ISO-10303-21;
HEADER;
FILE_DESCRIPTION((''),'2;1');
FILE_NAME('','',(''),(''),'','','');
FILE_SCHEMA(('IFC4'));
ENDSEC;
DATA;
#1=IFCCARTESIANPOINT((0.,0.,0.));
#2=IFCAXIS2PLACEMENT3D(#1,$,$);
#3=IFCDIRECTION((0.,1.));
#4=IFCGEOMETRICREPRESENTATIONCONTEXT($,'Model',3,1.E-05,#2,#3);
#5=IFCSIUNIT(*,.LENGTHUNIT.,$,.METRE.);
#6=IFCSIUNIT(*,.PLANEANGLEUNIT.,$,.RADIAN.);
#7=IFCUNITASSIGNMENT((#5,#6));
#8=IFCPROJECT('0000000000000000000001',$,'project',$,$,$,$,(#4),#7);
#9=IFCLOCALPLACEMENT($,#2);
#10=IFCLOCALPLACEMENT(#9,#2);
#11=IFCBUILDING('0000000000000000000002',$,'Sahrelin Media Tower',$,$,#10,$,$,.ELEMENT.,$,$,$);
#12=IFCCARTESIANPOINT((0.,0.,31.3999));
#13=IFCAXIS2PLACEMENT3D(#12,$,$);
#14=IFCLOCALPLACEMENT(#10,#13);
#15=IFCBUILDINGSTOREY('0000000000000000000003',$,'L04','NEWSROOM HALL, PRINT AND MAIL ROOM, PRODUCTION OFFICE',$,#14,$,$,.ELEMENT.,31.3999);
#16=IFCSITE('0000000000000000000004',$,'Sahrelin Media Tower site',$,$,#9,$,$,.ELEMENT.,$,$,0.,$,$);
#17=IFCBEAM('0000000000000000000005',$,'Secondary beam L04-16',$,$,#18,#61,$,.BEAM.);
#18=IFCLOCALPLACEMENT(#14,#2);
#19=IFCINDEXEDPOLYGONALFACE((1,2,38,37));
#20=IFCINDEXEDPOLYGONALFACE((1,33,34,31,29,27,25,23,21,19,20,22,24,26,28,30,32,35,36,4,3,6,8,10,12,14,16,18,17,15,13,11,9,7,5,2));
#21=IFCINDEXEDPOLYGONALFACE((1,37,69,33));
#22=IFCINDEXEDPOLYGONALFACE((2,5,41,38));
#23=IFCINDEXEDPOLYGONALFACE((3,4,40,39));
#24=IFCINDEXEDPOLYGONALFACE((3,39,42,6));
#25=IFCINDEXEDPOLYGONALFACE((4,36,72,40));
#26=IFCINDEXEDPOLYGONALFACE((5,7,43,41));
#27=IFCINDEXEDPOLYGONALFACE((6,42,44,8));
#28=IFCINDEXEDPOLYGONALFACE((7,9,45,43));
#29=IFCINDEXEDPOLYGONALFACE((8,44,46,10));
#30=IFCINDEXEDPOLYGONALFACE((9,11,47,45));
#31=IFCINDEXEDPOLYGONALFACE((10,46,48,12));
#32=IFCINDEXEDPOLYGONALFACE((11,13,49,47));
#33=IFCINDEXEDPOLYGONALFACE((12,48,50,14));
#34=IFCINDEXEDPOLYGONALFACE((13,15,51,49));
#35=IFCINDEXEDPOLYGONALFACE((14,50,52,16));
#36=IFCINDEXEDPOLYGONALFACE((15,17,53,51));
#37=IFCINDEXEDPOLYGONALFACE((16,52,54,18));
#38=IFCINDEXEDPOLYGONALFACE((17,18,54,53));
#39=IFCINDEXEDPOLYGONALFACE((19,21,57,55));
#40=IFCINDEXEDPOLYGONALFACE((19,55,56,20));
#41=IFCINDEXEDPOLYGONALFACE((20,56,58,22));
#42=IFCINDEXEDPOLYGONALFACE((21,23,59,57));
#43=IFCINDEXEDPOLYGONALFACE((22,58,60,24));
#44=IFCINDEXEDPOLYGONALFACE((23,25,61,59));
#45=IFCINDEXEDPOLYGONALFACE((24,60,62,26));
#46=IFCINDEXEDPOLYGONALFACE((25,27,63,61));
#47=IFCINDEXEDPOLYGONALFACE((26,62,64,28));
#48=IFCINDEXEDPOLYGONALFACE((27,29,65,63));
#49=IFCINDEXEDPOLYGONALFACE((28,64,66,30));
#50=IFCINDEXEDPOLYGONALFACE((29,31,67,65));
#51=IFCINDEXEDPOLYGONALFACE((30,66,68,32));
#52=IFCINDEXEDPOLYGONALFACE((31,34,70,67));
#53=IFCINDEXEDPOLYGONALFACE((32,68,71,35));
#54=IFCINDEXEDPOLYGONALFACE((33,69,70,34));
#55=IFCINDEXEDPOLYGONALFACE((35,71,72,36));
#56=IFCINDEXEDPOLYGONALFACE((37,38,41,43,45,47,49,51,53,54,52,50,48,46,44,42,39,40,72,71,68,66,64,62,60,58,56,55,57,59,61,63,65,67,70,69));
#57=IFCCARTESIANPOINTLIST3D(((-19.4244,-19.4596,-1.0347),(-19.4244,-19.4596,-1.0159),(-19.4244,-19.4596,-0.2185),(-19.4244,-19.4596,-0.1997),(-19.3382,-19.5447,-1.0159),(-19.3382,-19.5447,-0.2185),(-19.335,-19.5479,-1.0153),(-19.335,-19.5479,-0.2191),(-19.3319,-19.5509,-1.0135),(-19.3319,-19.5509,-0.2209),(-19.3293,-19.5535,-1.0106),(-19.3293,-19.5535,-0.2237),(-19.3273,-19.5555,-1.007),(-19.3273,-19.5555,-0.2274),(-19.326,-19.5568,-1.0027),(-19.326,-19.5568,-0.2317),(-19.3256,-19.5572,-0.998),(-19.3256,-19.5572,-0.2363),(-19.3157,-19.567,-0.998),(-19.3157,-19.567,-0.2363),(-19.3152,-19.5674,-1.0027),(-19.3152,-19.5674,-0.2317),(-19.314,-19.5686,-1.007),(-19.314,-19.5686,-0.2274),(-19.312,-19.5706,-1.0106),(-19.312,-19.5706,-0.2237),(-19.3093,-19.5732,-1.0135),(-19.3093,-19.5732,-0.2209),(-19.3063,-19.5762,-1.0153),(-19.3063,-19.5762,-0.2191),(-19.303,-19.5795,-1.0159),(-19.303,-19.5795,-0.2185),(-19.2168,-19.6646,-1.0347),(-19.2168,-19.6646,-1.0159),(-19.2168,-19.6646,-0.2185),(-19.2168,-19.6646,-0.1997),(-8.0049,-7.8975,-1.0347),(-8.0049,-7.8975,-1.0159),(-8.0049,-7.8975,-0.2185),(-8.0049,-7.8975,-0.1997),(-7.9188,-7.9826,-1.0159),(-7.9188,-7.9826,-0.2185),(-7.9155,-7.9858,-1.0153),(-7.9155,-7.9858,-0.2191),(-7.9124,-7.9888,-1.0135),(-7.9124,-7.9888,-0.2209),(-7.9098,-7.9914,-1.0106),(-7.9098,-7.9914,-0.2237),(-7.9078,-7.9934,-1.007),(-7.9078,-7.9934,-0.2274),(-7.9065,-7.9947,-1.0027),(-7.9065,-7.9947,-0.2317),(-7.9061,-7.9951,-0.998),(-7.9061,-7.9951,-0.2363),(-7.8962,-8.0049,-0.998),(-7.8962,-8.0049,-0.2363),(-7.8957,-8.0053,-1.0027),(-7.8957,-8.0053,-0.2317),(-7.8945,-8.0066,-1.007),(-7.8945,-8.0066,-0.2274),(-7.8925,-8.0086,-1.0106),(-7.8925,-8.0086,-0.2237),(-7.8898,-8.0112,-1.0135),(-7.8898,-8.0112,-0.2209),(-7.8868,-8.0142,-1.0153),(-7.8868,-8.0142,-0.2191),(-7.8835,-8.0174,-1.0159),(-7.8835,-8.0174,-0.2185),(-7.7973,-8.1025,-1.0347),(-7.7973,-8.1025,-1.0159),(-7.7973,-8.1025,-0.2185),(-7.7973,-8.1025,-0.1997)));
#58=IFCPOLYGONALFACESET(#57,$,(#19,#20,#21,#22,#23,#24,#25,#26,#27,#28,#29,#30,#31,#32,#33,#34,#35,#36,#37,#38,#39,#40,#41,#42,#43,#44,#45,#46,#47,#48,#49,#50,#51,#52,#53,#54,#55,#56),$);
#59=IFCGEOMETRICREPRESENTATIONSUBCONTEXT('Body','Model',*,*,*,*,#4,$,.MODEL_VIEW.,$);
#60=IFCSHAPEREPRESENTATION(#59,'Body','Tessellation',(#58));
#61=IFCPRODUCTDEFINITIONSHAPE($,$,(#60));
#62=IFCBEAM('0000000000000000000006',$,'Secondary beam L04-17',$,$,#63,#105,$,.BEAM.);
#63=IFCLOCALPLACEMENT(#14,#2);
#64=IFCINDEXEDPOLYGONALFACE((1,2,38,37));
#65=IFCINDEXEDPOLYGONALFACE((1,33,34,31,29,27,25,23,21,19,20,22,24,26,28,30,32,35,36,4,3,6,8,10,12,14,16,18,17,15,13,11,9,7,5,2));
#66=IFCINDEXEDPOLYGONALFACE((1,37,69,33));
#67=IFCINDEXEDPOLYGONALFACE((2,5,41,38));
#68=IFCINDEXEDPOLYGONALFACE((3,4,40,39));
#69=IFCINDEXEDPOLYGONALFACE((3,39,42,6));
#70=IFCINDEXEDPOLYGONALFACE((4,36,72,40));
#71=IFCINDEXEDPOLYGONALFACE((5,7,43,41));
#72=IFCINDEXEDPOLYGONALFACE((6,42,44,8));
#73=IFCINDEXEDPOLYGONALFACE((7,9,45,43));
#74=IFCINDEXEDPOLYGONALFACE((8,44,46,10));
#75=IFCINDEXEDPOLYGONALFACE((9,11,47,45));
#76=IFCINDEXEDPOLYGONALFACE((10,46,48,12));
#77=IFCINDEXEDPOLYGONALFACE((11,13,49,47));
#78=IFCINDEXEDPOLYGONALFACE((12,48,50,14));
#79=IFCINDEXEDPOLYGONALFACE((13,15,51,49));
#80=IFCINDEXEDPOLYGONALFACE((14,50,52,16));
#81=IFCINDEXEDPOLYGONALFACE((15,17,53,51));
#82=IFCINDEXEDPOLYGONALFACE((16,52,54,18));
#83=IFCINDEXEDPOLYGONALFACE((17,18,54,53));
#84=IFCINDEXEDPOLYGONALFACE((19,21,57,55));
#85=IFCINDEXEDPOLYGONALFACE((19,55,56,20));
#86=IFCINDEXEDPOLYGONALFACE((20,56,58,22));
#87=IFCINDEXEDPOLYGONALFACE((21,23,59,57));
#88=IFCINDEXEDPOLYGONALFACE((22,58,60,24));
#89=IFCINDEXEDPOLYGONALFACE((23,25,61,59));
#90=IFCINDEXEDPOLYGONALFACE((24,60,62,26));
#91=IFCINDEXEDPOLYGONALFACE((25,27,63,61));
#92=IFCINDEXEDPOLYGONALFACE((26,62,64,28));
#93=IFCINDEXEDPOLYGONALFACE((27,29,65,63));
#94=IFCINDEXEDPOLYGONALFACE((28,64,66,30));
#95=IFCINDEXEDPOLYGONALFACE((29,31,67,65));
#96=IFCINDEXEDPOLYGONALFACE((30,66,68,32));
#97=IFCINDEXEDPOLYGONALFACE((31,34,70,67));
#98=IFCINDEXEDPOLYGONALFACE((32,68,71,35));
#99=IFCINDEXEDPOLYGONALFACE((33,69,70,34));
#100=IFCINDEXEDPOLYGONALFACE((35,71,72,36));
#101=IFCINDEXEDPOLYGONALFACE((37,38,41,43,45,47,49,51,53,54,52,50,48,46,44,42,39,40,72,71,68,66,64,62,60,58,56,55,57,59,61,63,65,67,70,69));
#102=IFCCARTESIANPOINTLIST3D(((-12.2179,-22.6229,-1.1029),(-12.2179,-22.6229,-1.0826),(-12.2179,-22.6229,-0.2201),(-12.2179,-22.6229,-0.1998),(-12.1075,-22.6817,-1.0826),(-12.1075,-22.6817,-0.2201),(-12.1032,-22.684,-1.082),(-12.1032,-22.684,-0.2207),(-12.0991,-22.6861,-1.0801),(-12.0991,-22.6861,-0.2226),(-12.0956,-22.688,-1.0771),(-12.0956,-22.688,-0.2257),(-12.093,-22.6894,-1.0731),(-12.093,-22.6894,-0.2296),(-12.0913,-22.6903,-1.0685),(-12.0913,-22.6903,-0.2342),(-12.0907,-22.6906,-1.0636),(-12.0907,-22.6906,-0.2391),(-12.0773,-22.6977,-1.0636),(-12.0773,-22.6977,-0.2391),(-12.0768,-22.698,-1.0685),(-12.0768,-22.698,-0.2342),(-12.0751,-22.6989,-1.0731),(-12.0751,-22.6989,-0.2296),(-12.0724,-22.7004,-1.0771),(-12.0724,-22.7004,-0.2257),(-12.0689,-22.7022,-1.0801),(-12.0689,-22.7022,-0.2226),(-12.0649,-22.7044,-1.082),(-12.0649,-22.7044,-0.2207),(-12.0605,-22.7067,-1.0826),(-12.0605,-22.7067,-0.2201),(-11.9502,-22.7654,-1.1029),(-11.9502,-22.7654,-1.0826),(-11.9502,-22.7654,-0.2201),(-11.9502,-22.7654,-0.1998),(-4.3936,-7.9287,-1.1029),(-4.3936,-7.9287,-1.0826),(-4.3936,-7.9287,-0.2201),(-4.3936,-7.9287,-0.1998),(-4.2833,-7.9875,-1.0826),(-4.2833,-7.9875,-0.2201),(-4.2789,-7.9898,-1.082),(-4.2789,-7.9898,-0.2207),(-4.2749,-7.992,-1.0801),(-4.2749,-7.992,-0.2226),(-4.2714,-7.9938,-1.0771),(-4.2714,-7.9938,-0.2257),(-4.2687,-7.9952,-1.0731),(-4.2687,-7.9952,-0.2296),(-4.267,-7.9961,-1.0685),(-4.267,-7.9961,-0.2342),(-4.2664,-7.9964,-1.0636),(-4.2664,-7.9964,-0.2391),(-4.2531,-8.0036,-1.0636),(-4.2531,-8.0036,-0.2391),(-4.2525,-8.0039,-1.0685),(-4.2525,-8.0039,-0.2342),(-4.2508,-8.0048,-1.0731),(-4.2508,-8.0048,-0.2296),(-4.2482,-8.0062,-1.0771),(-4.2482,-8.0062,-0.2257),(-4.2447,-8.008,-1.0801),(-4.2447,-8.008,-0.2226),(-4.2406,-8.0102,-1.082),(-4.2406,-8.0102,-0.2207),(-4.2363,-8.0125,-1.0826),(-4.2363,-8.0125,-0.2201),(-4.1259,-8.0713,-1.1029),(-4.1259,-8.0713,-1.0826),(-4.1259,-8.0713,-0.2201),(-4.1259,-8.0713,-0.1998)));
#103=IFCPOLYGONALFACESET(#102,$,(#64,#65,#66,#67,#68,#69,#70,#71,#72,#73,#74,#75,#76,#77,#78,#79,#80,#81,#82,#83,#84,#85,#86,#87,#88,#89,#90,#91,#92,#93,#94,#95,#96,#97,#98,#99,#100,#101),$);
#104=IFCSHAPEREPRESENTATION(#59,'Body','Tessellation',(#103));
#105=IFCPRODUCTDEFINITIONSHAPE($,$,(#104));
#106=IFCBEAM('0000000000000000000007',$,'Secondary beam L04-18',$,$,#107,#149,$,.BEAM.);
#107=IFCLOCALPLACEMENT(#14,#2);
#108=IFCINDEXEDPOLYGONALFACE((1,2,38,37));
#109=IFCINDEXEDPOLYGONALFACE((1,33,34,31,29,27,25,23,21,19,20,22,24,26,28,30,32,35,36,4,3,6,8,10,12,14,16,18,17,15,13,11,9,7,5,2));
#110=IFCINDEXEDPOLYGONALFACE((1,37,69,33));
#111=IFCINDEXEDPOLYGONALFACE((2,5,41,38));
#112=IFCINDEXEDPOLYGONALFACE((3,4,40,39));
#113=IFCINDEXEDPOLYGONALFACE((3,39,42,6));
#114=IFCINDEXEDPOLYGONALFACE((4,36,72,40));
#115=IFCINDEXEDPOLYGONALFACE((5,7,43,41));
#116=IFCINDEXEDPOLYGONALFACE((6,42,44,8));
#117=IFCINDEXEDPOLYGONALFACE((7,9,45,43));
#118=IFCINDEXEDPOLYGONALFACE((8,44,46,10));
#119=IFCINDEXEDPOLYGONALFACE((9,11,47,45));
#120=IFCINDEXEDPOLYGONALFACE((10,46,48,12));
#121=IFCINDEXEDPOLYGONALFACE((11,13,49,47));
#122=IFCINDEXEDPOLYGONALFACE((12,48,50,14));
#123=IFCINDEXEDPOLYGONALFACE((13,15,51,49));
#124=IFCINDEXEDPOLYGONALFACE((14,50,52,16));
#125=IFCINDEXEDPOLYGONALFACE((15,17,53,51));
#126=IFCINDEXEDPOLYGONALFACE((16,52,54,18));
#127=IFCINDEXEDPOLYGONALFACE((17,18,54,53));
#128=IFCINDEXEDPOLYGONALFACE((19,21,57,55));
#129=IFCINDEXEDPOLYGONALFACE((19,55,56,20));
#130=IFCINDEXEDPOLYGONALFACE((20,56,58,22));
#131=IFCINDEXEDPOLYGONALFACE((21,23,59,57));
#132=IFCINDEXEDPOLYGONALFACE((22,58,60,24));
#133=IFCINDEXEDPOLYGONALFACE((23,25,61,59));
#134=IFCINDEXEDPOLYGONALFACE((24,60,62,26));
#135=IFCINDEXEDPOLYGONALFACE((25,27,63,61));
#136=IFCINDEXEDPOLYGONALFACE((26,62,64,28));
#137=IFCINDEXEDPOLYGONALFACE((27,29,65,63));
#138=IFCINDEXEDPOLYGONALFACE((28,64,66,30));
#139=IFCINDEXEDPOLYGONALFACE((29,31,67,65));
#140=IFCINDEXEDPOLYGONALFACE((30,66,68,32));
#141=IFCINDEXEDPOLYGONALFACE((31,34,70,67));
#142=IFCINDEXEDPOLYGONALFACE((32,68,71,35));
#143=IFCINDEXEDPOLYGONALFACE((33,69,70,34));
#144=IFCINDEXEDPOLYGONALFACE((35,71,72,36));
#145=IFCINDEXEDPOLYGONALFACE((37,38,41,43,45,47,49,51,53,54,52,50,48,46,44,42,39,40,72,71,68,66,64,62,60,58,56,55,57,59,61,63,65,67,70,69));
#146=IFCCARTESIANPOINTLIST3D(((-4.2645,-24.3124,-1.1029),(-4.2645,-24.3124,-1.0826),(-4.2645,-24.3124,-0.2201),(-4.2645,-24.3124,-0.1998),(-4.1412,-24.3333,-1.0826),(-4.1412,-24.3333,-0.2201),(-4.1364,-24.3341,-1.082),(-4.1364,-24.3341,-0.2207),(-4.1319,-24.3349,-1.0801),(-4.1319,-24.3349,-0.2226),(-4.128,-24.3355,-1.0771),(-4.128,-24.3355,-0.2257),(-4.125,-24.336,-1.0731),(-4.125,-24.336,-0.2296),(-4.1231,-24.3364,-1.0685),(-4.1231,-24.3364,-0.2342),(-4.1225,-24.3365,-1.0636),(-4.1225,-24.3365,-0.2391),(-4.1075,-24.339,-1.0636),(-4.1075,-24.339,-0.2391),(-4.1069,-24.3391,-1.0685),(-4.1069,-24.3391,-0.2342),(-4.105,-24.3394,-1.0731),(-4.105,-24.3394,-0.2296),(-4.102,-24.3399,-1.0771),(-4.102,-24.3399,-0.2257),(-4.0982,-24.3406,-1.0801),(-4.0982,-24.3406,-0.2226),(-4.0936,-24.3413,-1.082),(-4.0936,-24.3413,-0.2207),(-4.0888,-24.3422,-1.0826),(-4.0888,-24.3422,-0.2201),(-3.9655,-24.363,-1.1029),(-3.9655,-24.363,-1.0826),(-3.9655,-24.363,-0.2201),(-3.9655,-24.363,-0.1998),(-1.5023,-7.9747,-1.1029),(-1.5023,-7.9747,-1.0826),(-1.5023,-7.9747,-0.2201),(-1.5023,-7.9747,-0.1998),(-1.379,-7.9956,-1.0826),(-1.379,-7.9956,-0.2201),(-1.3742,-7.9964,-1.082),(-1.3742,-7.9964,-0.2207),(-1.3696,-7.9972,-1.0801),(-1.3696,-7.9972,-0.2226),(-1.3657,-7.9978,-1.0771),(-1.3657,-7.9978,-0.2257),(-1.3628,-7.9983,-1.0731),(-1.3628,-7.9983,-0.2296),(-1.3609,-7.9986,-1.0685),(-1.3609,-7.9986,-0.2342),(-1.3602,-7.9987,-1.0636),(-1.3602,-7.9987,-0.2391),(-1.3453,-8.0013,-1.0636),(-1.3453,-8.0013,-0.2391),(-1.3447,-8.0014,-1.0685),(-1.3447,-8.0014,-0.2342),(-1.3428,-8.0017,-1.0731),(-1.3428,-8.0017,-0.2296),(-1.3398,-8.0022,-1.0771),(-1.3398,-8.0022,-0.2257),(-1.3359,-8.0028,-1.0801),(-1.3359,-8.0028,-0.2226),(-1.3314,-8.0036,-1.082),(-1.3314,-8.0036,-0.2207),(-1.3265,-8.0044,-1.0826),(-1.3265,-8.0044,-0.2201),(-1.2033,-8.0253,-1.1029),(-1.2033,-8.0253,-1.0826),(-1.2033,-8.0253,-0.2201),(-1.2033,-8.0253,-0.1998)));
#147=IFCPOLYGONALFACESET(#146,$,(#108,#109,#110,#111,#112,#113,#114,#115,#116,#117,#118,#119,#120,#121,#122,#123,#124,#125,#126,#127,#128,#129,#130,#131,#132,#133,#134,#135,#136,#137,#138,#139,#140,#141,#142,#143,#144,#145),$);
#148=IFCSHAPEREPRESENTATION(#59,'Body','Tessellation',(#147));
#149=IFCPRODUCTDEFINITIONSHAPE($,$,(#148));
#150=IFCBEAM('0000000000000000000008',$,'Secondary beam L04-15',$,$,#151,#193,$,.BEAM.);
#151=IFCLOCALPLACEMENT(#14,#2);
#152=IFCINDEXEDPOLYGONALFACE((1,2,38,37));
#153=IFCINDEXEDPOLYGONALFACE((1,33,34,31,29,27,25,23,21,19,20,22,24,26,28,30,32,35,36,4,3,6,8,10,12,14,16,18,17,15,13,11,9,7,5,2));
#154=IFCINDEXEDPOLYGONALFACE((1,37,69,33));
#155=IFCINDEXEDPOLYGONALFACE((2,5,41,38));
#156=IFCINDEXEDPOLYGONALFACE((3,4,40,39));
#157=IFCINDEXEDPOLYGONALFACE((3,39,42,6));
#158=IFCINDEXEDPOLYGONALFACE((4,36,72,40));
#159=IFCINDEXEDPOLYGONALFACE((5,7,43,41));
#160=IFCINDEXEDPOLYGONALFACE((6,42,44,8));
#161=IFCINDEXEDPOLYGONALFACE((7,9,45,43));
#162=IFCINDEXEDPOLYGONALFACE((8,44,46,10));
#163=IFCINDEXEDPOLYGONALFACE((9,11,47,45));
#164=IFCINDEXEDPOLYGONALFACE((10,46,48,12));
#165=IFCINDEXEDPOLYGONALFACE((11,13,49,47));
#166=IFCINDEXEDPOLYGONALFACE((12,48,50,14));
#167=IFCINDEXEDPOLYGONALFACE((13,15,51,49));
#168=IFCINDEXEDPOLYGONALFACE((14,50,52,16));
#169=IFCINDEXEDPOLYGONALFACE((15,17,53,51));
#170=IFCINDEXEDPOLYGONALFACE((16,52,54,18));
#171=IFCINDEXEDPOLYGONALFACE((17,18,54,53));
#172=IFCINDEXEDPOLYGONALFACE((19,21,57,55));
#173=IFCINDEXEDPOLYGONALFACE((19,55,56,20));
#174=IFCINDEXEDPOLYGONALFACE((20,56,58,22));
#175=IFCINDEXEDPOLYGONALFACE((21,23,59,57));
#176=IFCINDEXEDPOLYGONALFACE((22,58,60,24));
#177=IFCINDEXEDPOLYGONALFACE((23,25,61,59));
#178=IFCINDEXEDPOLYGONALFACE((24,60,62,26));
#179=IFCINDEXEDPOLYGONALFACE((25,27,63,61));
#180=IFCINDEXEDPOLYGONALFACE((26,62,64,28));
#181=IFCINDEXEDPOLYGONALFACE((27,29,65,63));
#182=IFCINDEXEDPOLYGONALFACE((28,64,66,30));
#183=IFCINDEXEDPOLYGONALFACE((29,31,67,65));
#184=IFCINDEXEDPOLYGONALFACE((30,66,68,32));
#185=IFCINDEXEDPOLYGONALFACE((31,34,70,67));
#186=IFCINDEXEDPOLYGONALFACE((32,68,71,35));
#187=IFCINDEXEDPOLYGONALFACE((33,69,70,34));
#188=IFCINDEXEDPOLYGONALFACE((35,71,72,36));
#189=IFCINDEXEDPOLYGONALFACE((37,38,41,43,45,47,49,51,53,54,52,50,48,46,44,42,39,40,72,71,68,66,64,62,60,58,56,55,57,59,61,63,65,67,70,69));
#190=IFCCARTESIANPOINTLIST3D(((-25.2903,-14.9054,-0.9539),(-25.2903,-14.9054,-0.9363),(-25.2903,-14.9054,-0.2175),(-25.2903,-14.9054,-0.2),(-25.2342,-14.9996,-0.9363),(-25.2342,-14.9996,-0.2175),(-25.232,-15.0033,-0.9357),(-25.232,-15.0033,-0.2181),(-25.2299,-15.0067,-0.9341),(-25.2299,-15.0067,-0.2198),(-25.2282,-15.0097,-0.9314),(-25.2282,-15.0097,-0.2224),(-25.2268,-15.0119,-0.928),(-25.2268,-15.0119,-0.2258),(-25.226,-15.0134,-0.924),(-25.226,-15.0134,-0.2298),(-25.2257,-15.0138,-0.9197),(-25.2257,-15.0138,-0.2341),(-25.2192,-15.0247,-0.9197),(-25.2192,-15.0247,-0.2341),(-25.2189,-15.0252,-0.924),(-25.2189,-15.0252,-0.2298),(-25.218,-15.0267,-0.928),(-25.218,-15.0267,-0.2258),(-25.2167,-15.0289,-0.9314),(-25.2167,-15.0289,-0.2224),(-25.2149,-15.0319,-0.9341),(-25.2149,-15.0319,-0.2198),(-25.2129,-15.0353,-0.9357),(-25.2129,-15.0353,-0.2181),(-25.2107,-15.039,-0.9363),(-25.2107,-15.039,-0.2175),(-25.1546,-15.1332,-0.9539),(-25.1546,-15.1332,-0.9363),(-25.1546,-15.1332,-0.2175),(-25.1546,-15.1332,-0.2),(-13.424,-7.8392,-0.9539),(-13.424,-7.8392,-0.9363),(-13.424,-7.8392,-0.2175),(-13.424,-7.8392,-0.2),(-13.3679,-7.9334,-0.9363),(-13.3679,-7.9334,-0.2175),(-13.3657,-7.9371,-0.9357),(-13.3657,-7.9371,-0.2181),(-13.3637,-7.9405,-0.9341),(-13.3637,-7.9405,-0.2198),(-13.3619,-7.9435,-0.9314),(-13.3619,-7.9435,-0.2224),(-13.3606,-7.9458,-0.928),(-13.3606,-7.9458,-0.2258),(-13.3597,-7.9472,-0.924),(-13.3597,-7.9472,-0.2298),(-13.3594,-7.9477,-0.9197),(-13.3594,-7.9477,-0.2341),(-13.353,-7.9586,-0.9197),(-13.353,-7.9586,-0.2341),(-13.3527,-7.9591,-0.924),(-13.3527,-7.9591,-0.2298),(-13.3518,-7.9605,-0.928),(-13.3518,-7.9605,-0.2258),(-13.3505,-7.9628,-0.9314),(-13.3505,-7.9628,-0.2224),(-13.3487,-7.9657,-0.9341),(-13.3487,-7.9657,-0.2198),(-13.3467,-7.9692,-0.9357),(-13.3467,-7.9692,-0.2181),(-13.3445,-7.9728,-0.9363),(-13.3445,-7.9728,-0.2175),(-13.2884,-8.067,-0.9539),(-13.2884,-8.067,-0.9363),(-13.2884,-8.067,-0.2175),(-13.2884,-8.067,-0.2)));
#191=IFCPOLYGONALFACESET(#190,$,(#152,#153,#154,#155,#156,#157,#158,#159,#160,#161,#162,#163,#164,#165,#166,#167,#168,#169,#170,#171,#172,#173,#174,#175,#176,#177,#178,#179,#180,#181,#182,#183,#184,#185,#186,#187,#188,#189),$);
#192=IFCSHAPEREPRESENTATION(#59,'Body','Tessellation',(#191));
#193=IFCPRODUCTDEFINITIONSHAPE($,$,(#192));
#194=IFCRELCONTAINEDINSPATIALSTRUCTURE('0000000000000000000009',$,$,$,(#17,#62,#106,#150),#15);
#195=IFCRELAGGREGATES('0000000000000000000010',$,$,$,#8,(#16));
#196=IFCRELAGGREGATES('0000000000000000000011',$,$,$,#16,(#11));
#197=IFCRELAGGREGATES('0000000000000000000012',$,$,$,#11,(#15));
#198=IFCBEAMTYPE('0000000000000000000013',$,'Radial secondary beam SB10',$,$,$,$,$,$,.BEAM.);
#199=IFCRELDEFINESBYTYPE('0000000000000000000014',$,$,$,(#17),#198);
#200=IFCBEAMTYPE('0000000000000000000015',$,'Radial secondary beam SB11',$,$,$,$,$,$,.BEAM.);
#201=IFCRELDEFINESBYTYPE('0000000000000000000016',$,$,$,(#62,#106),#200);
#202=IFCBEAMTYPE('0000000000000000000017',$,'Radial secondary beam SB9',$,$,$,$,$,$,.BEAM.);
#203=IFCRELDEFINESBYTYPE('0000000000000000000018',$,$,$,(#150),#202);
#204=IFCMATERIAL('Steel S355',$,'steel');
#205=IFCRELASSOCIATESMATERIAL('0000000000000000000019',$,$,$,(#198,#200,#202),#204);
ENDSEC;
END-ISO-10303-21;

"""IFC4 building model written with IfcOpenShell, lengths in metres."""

from ifc_helpers import new_model, si_unit, direction, frame, origin, origin_2d, place, context, subcontext, project, spatial, i_section, extrude, material, material_profile, profile_set, type_object, element, save


model = new_model("IFC4")

# Units and contexts
model_context = context("Model", 3, precision=1e-05, world=origin(), true_north=direction((0.0, 1.0)))
body_context = subcontext(model_context, "Body", "Model", "MODEL_VIEW")
ifc_project = project(units=[si_unit("LENGTHUNIT", "METRE"), si_unit("PLANEANGLEUNIT", "RADIAN")], contexts=[model_context])

# Site, building, storey
site_placement = place(None, origin())
site = spatial("IfcSite", under=ifc_project, at=site_placement, Name="Sahrelin Media Tower site", CompositionType="ELEMENT", RefElevation=0.0)
building_placement = place(site_placement, origin())
building = spatial("IfcBuilding", under=site, at=building_placement, Name="Sahrelin Media Tower", CompositionType="ELEMENT")
storey_placement = place(building_placement, frame((0.0, 0.0, 31.3999)))
storey = spatial("IfcBuildingStorey", under=building, at=storey_placement, Name="L04", Description="NEWSROOM HALL, PRINT AND MAIL ROOM, PRODUCTION OFFICE", CompositionType="ELEMENT", Elevation=31.3999)

# Beams
ifc_material_1 = material(Name="Steel S355", Category="steel")
ifc_material_profile_1 = material_profile(ifc_material_1, i_section(OverallWidth=0.2917, OverallDepth=0.835, WebThickness=0.0139, FlangeThickness=0.0188, FilletRadius=0.0178, at=origin_2d()), Name="UB 838x292x176")
ifc_profile_set_1 = profile_set([ifc_material_profile_1], Name="Steel S355")
beam_type_1 = type_object("IfcBeamType", Name="Radial secondary beam SB10", PredefinedType="BEAM", material=ifc_profile_set_1)
beam_1_placement = place(storey_placement, frame((-7.9011, -8.0, -0.6172), z_axis=(-0.702706, -0.71148, 0.0), x_axis=(0.71148, -0.702706, 0.0)))
element("IfcBeam", 1, at=beam_1_placement, inside=storey, type_object=beam_type_1, Name="Secondary beam L04-16", PredefinedType="BEAM", context=body_context, shape_type="SweptSolid", body=[
    extrude(i_section(OverallWidth=0.2917, OverallDepth=0.835, WebThickness=0.0139, FlangeThickness=0.0188, FilletRadius=0.0178, at=origin_2d()), origin(), (0.0, 0.0, 1.0), 16.2507),
])
ifc_material_profile_2 = material_profile(ifc_material_1, i_section(OverallWidth=0.3032, OverallDepth=0.9031, WebThickness=0.0151, FlangeThickness=0.0203, FilletRadius=0.019, at=origin_2d()), Name="UB 914x305x201")
ifc_profile_set_2 = profile_set([ifc_material_profile_2], Name="Steel S355")
beam_type_2 = type_object("IfcBeamType", Name="Radial secondary beam SB11", PredefinedType="BEAM", material=ifc_profile_set_2)
beam_2_placement = place(storey_placement, frame((-4.2598, -8.0, -0.6514), z_axis=(-0.469997, -0.882668, 0.0), x_axis=(0.882668, -0.469997, 0.0)))
element("IfcBeam", 2, at=beam_2_placement, inside=storey, type_object=beam_type_2, Name="Secondary beam L04-17", PredefinedType="BEAM", context=body_context, shape_type="SweptSolid", body=[
    extrude(i_section(OverallWidth=0.3032, OverallDepth=0.9031, WebThickness=0.0151, FlangeThickness=0.0203, FilletRadius=0.019, at=origin_2d()), origin(), (0.0, 0.0, 1.0), 16.6475),
])
beam_3_placement = place(storey_placement, frame((-1.3528, -8.0, -0.6514), z_axis=(-0.166704, -0.986007, 0.0), x_axis=(0.986007, -0.166704, 0.0)))
element("IfcBeam", 3, at=beam_3_placement, inside=storey, type_object=beam_type_2, Name="Secondary beam L04-18", PredefinedType="BEAM", context=body_context, shape_type="SweptSolid", body=[
    extrude(i_section(OverallWidth=0.3032, OverallDepth=0.9031, WebThickness=0.0151, FlangeThickness=0.0203, FilletRadius=0.019, at=origin_2d()), origin(), (0.0, 0.0, 1.0), 16.5696),
])
ifc_material_profile_3 = material_profile(ifc_material_1, i_section(OverallWidth=0.2651, OverallDepth=0.7539, WebThickness=0.0127, FlangeThickness=0.0176, FilletRadius=0.0166, at=origin_2d()), Name="UB 762x267x147")
ifc_profile_set_3 = profile_set([ifc_material_profile_3], Name="Steel S355")
beam_type_3 = type_object("IfcBeamType", Name="Radial secondary beam SB9", PredefinedType="BEAM", material=ifc_profile_set_3)
beam_4_placement = place(storey_placement, frame((-13.3562, -7.9531, -0.5769), z_axis=(-0.859199, -0.511641, 0.0), x_axis=(0.511641, -0.859199, 0.0)))
element("IfcBeam", 4, at=beam_4_placement, inside=storey, type_object=beam_type_3, Name="Secondary beam L04-15", PredefinedType="BEAM", context=body_context, shape_type="SweptSolid", body=[
    extrude(i_section(OverallWidth=0.2651, OverallDepth=0.7539, WebThickness=0.0127, FlangeThickness=0.0176, FilletRadius=0.0166, at=origin_2d()), origin(), (0.0, 0.0, 1.0), 13.8108),
])

save(model, "model.ifc")
